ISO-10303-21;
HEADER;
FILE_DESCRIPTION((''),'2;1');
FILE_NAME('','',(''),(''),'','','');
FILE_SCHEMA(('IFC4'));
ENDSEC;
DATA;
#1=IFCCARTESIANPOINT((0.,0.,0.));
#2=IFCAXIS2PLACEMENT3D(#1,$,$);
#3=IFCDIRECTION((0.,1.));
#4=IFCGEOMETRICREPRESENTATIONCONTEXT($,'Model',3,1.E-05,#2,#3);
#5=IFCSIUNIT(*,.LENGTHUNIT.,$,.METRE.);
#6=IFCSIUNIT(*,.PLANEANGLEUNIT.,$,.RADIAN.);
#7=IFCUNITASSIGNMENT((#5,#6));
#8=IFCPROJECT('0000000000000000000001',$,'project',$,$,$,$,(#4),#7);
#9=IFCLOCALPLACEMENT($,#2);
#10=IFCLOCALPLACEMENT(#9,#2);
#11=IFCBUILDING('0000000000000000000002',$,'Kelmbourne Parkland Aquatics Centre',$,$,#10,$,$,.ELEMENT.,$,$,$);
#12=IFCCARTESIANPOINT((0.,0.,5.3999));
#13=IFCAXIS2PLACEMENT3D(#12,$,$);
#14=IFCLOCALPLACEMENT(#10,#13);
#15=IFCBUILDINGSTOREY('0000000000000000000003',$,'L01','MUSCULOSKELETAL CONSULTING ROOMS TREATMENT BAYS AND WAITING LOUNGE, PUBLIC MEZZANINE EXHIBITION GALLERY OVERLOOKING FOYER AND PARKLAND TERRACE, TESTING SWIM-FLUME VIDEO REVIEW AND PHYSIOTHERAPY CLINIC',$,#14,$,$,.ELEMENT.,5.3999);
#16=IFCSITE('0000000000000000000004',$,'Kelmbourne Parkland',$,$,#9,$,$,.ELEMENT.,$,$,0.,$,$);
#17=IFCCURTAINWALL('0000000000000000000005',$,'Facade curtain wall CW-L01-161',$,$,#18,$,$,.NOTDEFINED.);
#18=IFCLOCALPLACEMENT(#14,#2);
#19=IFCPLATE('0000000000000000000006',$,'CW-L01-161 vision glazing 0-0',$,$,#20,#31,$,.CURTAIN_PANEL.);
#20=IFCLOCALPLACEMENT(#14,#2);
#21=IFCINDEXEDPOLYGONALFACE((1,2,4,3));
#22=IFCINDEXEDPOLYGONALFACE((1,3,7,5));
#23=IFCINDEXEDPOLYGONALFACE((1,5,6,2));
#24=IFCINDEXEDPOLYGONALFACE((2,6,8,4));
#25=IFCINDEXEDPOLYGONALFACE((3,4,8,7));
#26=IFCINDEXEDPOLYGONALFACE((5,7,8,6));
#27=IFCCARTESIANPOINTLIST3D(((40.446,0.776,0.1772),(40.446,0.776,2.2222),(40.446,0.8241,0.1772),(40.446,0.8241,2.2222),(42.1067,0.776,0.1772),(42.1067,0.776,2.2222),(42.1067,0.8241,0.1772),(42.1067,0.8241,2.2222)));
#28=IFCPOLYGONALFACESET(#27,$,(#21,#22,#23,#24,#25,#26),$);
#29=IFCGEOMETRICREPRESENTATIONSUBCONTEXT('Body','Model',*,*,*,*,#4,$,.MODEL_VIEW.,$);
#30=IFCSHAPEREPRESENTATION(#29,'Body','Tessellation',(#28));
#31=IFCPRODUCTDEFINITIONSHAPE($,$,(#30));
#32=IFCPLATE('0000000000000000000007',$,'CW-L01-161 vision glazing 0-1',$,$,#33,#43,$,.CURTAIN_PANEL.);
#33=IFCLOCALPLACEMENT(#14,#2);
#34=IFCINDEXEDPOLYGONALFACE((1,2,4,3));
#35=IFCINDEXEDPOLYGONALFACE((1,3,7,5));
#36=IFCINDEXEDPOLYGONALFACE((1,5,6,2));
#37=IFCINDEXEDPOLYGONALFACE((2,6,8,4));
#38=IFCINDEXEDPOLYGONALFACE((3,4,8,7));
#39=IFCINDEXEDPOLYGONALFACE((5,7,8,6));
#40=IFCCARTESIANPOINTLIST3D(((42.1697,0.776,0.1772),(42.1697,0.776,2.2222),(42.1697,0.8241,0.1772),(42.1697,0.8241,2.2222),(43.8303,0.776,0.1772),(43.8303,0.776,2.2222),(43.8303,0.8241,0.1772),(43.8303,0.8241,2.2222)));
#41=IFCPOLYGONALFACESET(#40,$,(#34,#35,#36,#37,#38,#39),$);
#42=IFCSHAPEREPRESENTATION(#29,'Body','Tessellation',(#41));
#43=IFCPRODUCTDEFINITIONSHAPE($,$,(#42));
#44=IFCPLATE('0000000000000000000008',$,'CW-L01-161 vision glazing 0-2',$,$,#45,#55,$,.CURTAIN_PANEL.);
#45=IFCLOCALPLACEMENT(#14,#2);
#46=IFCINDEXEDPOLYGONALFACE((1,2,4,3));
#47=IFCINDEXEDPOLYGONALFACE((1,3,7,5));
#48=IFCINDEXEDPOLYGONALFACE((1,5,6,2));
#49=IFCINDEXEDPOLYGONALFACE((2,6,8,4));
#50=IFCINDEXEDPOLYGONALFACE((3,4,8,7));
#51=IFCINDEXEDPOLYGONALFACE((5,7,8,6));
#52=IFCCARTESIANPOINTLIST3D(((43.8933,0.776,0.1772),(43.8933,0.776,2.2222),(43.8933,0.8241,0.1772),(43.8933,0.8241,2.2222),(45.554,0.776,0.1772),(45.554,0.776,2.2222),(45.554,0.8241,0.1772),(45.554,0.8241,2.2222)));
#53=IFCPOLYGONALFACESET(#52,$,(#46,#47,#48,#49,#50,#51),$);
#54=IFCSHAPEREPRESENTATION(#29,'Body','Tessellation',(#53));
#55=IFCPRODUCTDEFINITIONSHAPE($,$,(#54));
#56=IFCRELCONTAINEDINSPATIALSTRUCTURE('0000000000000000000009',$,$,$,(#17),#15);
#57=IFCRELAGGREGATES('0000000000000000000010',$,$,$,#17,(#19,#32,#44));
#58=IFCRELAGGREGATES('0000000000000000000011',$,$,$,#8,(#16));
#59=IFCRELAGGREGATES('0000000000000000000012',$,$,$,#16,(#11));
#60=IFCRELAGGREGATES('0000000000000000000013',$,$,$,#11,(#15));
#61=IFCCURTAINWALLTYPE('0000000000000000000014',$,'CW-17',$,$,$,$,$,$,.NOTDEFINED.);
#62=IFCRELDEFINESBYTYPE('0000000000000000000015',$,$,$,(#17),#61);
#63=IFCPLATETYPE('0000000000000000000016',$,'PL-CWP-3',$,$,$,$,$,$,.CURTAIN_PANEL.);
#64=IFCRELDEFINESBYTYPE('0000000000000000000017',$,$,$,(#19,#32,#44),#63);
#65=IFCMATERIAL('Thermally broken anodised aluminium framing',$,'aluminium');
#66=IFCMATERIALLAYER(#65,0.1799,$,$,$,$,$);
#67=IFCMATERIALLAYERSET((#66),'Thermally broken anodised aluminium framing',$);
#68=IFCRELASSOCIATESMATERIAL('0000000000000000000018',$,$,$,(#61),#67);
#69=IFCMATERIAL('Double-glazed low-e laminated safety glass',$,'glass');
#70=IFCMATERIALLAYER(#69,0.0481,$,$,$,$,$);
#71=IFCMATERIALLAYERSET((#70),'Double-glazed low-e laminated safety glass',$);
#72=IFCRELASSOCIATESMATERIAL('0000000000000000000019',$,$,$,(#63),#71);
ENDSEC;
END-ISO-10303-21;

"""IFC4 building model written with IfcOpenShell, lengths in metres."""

from ifc_helpers import new_model, si_unit, direction, frame, origin, origin_2d, place, context, subcontext, project, spatial, rectangle, extrude, material, layer, layer_set, type_object, element, aggregate, save


model = new_model("IFC4")

# Units and contexts
model_context = context("Model", 3, precision=1e-05, world=origin(), true_north=direction((0.0, 1.0)))
body_context = subcontext(model_context, "Body", "Model", "MODEL_VIEW")
ifc_project = project(units=[si_unit("LENGTHUNIT", "METRE"), si_unit("PLANEANGLEUNIT", "RADIAN")], contexts=[model_context])

# Site, building, storey
site_placement = place(None, origin())
site = spatial("IfcSite", under=ifc_project, at=site_placement, Name="Kelmbourne Parkland", CompositionType="ELEMENT", RefElevation=0.0)
building_placement = place(site_placement, origin())
building = spatial("IfcBuilding", under=site, at=building_placement, Name="Kelmbourne Parkland Aquatics Centre", CompositionType="ELEMENT")
storey_placement = place(building_placement, frame((0.0, 0.0, 5.3999)))
storey = spatial("IfcBuildingStorey", under=building, at=storey_placement, Name="L01", Description="MUSCULOSKELETAL CONSULTING ROOMS TREATMENT BAYS AND WAITING LOUNGE, PUBLIC MEZZANINE EXHIBITION GALLERY OVERLOOKING FOYER AND PARKLAND TERRACE, TESTING SWIM-FLUME VIDEO REVIEW AND PHYSIOTHERAPY CLINIC", CompositionType="ELEMENT", Elevation=5.3999)

# Curtain wall
ifc_material_1 = material(Name="Thermally broken anodised aluminium framing", Category="aluminium")
ifc_layer_1 = layer(ifc_material_1, 0.1799)
ifc_layer_set_1 = layer_set([ifc_layer_1], Name="Thermally broken anodised aluminium framing")
curtain_wall_type_1 = type_object("IfcCurtainWallType", Name="CW-17", PredefinedType="NOTDEFINED", material=ifc_layer_set_1)
curtain_wall_1_placement = place(storey_placement, origin())
curtain_wall_1 = element("IfcCurtainWall", 1, at=curtain_wall_1_placement, inside=storey, type_object=curtain_wall_type_1, Name="Facade curtain wall CW-L01-161", PredefinedType="NOTDEFINED")

# Plates
ifc_material_2 = material(Name="Double-glazed low-e laminated safety glass", Category="glass")
ifc_layer_2 = layer(ifc_material_2, 0.0481)
ifc_layer_set_2 = layer_set([ifc_layer_2], Name="Double-glazed low-e laminated safety glass")
plate_type_1 = type_object("IfcPlateType", Name="PL-CWP-3", PredefinedType="CURTAIN_PANEL", material=ifc_layer_set_2)
plate_1_placement = place(storey_placement, frame((41.2764, 0.8, 0.1772), z_axis=(0.0, 0.0, 1.0), x_axis=(1.0, 0.0, 0.0)))
plate_1 = element("IfcPlate", 2, at=plate_1_placement, type_object=plate_type_1, Name="CW-L01-161 vision glazing 0-0", PredefinedType="CURTAIN_PANEL", context=body_context, shape_type="SweptSolid", body=[
    extrude(rectangle(XDim=1.6606, YDim=0.0481, at=origin_2d()), origin(), (0.0, 0.0, 1.0), 2.0449),
])
plate_2_placement = place(storey_placement, frame((43.0, 0.8, 0.1772), z_axis=(0.0, 0.0, 1.0), x_axis=(1.0, 0.0, 0.0)))
plate_2 = element("IfcPlate", 3, at=plate_2_placement, type_object=plate_type_1, Name="CW-L01-161 vision glazing 0-1", PredefinedType="CURTAIN_PANEL", context=body_context, shape_type="SweptSolid", body=[
    extrude(rectangle(XDim=1.6606, YDim=0.0481, at=origin_2d()), origin(), (0.0, 0.0, 1.0), 2.0449),
])
plate_3_placement = place(storey_placement, frame((44.7236, 0.8, 0.1772), z_axis=(0.0, 0.0, 1.0), x_axis=(1.0, 0.0, 0.0)))
plate_3 = element("IfcPlate", 4, at=plate_3_placement, type_object=plate_type_1, Name="CW-L01-161 vision glazing 0-2", PredefinedType="CURTAIN_PANEL", context=body_context, shape_type="SweptSolid", body=[
    extrude(rectangle(XDim=1.6606, YDim=0.0481, at=origin_2d()), origin(), (0.0, 0.0, 1.0), 2.0449),
])
aggregate(curtain_wall_1, [plate_1, plate_2, plate_3])

save(model, "model.ifc")
